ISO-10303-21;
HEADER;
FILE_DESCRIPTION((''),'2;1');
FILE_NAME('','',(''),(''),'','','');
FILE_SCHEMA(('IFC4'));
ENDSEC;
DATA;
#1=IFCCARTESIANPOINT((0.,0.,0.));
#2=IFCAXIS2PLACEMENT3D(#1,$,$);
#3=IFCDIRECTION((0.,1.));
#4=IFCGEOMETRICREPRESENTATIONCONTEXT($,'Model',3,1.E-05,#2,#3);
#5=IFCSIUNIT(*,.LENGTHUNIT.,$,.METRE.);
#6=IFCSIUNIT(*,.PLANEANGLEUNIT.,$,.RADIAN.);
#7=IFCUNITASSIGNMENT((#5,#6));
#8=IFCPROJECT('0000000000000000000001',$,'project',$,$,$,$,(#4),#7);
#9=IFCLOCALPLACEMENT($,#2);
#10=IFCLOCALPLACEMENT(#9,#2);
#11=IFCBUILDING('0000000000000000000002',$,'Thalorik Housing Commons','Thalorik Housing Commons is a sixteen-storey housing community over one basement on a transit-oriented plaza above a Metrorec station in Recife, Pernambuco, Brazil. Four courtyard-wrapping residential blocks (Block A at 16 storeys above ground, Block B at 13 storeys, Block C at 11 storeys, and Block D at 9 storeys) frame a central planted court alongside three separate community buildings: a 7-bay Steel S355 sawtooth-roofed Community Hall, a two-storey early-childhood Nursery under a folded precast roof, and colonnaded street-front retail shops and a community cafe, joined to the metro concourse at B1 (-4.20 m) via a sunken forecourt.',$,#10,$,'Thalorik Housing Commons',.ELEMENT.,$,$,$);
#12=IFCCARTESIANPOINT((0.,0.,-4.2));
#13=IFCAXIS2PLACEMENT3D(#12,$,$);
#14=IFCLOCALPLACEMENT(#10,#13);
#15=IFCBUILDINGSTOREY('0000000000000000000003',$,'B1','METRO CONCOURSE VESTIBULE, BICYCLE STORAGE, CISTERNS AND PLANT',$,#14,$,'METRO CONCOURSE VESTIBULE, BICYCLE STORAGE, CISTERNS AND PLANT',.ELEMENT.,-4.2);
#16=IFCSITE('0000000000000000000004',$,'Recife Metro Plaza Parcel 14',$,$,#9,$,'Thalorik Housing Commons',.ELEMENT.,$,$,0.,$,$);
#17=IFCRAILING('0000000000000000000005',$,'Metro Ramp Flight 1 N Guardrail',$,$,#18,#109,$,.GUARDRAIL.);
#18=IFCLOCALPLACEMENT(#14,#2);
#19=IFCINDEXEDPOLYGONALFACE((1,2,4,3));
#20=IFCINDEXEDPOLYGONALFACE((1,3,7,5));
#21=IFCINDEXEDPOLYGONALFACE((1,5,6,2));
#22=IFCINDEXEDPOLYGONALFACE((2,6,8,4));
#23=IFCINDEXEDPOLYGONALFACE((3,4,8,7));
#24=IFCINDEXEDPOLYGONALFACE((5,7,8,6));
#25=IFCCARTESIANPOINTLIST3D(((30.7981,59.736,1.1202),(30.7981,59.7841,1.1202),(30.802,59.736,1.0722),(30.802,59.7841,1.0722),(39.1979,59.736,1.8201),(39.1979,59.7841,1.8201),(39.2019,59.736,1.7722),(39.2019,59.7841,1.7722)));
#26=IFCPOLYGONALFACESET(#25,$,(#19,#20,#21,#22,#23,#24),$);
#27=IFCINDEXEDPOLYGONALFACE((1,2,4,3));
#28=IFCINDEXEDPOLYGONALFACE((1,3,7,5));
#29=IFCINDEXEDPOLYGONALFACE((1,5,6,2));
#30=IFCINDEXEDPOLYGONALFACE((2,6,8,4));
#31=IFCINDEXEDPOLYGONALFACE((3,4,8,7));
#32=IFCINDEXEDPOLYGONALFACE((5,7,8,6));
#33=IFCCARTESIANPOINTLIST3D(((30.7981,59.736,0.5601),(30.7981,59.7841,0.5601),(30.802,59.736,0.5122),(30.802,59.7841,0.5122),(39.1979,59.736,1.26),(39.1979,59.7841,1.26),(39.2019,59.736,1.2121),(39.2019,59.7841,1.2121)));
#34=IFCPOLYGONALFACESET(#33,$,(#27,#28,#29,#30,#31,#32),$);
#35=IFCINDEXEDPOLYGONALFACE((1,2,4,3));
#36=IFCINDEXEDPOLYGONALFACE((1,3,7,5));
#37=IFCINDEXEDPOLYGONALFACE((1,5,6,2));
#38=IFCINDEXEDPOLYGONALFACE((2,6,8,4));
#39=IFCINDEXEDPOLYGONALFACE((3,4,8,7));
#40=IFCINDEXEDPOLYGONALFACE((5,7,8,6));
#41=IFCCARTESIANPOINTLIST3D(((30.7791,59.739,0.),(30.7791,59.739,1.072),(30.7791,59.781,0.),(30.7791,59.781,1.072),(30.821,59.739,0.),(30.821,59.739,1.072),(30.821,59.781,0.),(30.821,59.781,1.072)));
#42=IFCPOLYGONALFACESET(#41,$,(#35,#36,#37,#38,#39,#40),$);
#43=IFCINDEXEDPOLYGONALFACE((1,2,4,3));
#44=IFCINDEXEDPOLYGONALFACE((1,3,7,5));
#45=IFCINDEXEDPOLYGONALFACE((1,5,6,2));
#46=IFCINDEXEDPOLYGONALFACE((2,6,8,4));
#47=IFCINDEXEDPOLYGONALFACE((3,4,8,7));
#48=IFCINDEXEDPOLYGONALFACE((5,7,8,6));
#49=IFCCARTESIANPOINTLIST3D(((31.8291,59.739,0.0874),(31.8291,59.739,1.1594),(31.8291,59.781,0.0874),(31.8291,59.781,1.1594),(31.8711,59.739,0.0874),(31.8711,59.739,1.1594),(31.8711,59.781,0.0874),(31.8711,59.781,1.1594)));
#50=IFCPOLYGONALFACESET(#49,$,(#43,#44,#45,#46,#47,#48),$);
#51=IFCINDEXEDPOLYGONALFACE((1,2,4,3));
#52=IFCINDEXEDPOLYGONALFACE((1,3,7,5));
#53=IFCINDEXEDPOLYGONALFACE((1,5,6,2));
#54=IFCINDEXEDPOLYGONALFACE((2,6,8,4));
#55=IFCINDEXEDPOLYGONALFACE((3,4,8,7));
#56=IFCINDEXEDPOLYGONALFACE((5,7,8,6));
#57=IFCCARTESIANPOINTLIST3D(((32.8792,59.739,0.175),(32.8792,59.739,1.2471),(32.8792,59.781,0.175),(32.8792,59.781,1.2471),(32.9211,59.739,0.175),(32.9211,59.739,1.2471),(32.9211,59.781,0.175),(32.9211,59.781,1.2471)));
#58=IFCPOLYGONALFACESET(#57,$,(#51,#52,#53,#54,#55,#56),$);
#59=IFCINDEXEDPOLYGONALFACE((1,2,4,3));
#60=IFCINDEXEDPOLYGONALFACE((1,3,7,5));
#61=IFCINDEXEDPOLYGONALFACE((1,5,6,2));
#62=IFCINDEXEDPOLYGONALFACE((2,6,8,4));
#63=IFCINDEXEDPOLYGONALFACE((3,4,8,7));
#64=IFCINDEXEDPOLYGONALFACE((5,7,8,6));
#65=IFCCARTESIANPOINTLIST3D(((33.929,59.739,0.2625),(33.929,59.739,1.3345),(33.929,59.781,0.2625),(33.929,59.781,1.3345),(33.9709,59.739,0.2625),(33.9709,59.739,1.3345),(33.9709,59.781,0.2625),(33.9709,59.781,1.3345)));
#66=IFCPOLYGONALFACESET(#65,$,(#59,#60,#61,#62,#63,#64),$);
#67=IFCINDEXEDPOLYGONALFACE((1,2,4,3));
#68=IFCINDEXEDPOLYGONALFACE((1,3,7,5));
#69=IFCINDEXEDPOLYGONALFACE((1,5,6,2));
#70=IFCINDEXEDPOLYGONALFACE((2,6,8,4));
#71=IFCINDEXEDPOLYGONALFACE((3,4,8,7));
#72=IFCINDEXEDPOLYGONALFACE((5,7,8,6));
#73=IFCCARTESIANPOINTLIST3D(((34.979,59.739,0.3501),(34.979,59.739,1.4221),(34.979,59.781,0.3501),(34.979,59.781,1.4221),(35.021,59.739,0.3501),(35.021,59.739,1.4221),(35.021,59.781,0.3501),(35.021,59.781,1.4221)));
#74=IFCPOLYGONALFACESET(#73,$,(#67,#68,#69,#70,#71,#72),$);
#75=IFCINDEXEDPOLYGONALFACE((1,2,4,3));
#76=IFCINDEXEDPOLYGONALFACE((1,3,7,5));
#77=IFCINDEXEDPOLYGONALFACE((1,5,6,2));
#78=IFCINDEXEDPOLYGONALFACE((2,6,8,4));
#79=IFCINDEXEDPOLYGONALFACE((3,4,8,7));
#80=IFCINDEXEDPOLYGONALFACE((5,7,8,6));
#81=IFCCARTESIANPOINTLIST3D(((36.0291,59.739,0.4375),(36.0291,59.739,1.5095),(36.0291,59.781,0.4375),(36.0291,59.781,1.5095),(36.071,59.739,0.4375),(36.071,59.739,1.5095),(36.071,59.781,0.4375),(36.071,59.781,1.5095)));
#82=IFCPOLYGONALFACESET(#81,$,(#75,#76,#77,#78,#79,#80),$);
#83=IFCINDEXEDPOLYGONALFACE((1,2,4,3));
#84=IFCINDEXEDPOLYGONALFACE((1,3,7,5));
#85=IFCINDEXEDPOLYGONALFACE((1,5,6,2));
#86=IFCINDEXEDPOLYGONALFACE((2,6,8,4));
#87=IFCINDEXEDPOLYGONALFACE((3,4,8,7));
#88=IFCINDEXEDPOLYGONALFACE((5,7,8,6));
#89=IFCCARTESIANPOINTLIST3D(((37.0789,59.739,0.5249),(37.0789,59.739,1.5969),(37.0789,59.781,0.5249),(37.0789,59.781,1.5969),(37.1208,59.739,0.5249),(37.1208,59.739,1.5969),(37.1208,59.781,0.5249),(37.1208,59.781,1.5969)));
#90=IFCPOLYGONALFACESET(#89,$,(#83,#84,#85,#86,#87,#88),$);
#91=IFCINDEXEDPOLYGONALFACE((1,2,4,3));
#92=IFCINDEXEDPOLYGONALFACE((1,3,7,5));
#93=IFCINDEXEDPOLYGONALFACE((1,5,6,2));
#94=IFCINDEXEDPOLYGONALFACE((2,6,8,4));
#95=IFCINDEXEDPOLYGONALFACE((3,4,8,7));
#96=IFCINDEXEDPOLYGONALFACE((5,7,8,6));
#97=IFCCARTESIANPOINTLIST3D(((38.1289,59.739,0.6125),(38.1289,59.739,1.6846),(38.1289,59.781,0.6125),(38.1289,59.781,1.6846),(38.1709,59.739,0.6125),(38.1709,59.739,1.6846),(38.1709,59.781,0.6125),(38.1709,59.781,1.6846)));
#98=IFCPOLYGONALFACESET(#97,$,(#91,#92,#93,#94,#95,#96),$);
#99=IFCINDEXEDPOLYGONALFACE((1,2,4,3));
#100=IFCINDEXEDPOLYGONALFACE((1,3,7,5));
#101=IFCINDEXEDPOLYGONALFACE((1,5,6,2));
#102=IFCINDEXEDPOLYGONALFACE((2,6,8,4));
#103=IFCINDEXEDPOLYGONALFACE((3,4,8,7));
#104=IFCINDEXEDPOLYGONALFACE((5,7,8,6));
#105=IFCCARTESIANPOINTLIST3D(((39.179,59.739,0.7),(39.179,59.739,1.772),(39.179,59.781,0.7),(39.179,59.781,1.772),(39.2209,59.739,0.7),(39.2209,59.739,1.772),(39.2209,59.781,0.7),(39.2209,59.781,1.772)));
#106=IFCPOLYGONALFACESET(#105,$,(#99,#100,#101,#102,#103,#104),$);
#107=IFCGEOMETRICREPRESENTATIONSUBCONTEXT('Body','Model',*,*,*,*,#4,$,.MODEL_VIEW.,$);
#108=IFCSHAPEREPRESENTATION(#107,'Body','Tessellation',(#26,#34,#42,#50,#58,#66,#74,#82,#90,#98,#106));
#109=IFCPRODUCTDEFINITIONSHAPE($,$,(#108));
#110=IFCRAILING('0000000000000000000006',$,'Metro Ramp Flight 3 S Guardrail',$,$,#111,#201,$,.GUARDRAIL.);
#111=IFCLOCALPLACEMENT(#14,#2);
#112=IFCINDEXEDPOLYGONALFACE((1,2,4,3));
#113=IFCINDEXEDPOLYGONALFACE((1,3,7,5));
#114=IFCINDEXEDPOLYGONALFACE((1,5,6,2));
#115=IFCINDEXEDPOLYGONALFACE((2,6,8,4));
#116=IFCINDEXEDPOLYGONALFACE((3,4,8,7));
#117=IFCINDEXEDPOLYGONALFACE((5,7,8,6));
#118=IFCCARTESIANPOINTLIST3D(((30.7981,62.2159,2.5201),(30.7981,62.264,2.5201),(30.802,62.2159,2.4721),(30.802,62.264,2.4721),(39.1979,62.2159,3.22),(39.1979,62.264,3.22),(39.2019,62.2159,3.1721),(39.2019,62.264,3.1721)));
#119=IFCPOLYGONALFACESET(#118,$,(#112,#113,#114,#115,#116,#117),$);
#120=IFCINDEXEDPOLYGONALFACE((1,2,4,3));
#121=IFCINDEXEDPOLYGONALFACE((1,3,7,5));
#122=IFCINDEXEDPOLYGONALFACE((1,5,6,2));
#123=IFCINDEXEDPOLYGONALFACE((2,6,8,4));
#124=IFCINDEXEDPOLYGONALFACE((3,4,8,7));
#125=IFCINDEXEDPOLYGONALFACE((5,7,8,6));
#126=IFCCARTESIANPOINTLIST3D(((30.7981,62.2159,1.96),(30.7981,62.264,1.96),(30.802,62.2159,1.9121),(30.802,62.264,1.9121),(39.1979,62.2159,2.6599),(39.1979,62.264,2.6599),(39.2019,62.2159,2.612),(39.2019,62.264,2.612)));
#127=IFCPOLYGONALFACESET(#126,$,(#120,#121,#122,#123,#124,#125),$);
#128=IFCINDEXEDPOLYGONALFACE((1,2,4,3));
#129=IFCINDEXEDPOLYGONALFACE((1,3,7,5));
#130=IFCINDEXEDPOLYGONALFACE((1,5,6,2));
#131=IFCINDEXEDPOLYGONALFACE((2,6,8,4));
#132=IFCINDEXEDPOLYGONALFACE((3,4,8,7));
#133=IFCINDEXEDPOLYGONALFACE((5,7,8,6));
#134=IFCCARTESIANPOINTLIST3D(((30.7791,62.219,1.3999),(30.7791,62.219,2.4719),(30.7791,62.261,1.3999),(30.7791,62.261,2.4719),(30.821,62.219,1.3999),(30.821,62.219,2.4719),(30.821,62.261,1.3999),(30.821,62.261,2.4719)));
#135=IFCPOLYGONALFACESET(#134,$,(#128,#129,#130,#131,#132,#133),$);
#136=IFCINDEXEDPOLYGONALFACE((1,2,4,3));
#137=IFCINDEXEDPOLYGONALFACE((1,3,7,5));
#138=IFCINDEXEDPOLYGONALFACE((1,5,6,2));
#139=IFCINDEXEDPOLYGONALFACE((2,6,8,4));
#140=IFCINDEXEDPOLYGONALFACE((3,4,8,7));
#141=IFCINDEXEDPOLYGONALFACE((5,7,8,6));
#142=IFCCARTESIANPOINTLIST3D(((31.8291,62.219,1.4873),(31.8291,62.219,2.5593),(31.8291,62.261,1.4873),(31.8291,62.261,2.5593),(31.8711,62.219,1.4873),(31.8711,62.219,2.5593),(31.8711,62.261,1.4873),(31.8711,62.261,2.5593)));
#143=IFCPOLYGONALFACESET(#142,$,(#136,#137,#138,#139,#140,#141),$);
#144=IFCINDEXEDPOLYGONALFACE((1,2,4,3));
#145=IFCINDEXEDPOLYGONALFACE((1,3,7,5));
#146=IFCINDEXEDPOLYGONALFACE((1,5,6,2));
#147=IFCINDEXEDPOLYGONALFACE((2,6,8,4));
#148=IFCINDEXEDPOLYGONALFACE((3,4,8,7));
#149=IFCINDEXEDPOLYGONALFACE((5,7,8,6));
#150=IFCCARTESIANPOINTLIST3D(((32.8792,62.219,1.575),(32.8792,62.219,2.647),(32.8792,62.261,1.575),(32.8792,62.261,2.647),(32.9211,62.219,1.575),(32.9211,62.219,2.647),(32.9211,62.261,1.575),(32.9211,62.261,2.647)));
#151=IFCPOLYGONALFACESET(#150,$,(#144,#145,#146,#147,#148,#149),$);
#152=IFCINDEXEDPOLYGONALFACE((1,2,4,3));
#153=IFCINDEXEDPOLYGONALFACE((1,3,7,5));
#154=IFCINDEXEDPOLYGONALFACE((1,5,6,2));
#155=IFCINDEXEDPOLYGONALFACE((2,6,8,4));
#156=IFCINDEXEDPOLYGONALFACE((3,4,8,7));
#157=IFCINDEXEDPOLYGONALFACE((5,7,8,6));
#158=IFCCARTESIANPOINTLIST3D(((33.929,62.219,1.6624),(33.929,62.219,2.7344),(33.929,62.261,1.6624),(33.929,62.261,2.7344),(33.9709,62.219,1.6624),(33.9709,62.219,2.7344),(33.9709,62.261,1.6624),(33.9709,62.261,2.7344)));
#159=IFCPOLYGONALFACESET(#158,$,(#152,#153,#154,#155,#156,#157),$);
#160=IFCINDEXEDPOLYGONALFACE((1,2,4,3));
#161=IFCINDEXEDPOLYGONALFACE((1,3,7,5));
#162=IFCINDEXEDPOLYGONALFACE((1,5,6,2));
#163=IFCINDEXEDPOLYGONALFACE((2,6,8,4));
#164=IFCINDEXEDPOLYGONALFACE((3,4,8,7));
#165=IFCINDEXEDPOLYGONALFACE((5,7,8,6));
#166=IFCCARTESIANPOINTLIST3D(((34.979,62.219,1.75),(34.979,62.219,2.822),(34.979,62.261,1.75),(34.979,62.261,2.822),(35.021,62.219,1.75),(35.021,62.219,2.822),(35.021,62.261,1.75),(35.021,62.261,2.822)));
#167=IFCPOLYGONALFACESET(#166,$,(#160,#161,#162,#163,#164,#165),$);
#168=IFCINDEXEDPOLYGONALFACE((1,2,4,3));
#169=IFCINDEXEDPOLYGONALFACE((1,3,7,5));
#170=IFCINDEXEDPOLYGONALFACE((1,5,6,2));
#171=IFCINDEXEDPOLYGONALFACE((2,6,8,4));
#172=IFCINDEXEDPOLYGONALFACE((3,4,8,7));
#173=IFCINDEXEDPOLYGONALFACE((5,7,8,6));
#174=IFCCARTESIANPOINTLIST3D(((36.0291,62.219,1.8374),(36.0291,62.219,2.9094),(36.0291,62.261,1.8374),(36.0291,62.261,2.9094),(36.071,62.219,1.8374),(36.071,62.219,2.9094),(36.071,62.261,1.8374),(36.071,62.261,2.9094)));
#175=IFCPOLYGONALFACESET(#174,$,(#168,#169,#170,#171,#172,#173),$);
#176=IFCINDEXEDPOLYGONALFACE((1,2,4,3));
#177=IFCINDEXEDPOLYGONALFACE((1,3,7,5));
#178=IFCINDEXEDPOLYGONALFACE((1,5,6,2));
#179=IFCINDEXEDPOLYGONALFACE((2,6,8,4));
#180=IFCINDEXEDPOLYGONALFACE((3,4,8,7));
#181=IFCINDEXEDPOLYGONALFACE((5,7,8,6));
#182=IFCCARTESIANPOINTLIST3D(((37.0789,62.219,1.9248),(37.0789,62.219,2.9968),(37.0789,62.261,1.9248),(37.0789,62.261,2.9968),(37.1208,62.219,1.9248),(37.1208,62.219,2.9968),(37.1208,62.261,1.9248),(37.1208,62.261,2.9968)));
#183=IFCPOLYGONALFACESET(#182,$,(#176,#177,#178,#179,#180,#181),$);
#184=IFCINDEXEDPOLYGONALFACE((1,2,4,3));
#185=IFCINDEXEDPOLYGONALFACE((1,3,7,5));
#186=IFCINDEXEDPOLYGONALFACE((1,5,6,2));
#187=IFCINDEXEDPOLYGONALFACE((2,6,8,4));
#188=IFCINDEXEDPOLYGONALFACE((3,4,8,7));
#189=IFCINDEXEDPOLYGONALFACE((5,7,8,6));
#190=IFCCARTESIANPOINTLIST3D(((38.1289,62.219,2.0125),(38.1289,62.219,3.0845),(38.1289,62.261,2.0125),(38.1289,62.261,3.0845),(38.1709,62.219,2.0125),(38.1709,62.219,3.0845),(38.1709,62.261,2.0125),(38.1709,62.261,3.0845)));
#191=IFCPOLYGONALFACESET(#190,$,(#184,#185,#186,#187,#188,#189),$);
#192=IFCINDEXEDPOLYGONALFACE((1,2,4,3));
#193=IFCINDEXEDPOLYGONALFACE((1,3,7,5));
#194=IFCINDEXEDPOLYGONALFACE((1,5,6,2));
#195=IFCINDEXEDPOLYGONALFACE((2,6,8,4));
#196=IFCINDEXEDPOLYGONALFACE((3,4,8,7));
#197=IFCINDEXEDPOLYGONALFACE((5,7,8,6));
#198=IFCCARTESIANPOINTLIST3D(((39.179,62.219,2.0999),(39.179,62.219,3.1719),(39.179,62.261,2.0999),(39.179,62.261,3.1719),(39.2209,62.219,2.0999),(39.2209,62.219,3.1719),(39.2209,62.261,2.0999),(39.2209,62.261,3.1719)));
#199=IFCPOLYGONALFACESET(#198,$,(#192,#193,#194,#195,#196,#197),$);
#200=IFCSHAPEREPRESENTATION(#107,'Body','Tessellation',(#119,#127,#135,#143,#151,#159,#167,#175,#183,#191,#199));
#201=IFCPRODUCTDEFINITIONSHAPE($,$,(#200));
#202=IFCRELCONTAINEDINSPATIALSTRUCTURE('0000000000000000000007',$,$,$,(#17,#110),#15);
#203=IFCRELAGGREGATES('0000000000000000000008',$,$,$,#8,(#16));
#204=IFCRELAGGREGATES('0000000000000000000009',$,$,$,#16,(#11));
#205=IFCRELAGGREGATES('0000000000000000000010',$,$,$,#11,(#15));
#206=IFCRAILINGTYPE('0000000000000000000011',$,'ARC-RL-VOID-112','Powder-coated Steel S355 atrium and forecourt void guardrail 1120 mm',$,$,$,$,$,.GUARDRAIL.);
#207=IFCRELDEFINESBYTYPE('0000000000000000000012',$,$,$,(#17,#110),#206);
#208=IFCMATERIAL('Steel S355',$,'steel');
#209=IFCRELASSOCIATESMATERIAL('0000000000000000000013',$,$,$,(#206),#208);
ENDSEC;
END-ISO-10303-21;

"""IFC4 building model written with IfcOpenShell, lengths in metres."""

from ifc_helpers import new_model, si_unit, direction, frame, origin, origin_2d, place, context, subcontext, project, spatial, rectangle, extrude, material, type_object, element, save


model = new_model("IFC4")

# Units and contexts
model_context = context("Model", 3, precision=1e-05, world=origin(), true_north=direction((0.0, 1.0)))
body_context = subcontext(model_context, "Body", "Model", "MODEL_VIEW")
ifc_project = project(units=[si_unit("LENGTHUNIT", "METRE"), si_unit("PLANEANGLEUNIT", "RADIAN")], contexts=[model_context])

# Site, building, storey
site_placement = place(None, origin())
site = spatial("IfcSite", under=ifc_project, at=site_placement, Name="Recife Metro Plaza Parcel 14", LongName="Thalorik Housing Commons", CompositionType="ELEMENT", RefElevation=0.0)
building_placement = place(site_placement, origin())
building = spatial("IfcBuilding", under=site, at=building_placement, Name="Thalorik Housing Commons", Description="Thalorik Housing Commons is a sixteen-storey housing community over one basement on a transit-oriented plaza above a Metrorec station in Recife, Pernambuco, Brazil. Four courtyard-wrapping residential blocks (Block A at 16 storeys above ground, Block B at 13 storeys, Block C at 11 storeys, and Block D at 9 storeys) frame a central planted court alongside three separate community buildings: a 7-bay Steel S355 sawtooth-roofed Community Hall, a two-storey early-childhood Nursery under a folded precast roof, and colonnaded street-front retail shops and a community cafe, joined to the metro concourse at B1 (-4.20 m) via a sunken forecourt.", LongName="Thalorik Housing Commons", CompositionType="ELEMENT")
storey_placement = place(building_placement, frame((0.0, 0.0, -4.2)))
storey = spatial("IfcBuildingStorey", under=building, at=storey_placement, Name="B1", Description="METRO CONCOURSE VESTIBULE, BICYCLE STORAGE, CISTERNS AND PLANT", LongName="METRO CONCOURSE VESTIBULE, BICYCLE STORAGE, CISTERNS AND PLANT", CompositionType="ELEMENT", Elevation=-4.2)

# Shared definitions
ifc_material_1 = material(Name="Steel S355", Category="steel")

# Railings
railing_type_1 = type_object("IfcRailingType", Name="ARC-RL-VOID-112", Description="Powder-coated Steel S355 atrium and forecourt void guardrail 1120 mm", PredefinedType="GUARDRAIL", material=ifc_material_1)
railing_1_placement = place(storey_placement, frame((30.8, 59.76, 0.0)))
element("IfcRailing", 1, at=railing_1_placement, inside=storey, type_object=railing_type_1, Name="Metro Ramp Flight 1 N Guardrail", PredefinedType="GUARDRAIL", context=body_context, shape_type="SweptSolid", body=[
    extrude(rectangle(XDim=0.0481, YDim=0.0481, at=origin_2d()), frame((0.0, 0.0, 1.0962), z_axis=(0.996546, 0.0, 0.083041), x_axis=(0.0, 1.0, 0.0)), (0.0, 0.0, 1.0), 8.429),
    extrude(rectangle(XDim=0.0481, YDim=0.0481, at=origin_2d()), frame((0.0, 0.0, 0.5361), z_axis=(0.996546, 0.0, 0.083041), x_axis=(0.0, 1.0, 0.0)), (0.0, 0.0, 1.0), 8.429),
    extrude(rectangle(XDim=0.042, YDim=0.042, at=origin_2d()), origin(), (0.0, 0.0, 1.0), 1.072),
    extrude(rectangle(XDim=0.042, YDim=0.042, at=origin_2d()), frame((1.05, 0.0, 0.0874)), (0.0, 0.0, 1.0), 1.072),
    extrude(rectangle(XDim=0.042, YDim=0.042, at=origin_2d()), frame((2.1001, 0.0, 0.175)), (0.0, 0.0, 1.0), 1.072),
    extrude(rectangle(XDim=0.042, YDim=0.042, at=origin_2d()), frame((3.1499, 0.0, 0.2625)), (0.0, 0.0, 1.0), 1.072),
    extrude(rectangle(XDim=0.042, YDim=0.042, at=origin_2d()), frame((4.2, 0.0, 0.3501)), (0.0, 0.0, 1.0), 1.072),
    extrude(rectangle(XDim=0.042, YDim=0.042, at=origin_2d()), frame((5.25, 0.0, 0.4375)), (0.0, 0.0, 1.0), 1.072),
    extrude(rectangle(XDim=0.042, YDim=0.042, at=origin_2d()), frame((6.2998, 0.0, 0.5249)), (0.0, 0.0, 1.0), 1.072),
    extrude(rectangle(XDim=0.042, YDim=0.042, at=origin_2d()), frame((7.3499, 0.0, 0.6125)), (0.0, 0.0, 1.0), 1.072),
    extrude(rectangle(XDim=0.042, YDim=0.042, at=origin_2d()), frame((8.3999, 0.0, 0.7)), (0.0, 0.0, 1.0), 1.072),
])
railing_2_placement = place(storey_placement, frame((30.8, 62.24, 1.3999)))
element("IfcRailing", 2, at=railing_2_placement, inside=storey, type_object=railing_type_1, Name="Metro Ramp Flight 3 S Guardrail", PredefinedType="GUARDRAIL", context=body_context, shape_type="SweptSolid", body=[
    extrude(rectangle(XDim=0.0481, YDim=0.0481, at=origin_2d()), frame((0.0, 0.0, 1.0962), z_axis=(0.996546, 0.0, 0.083041), x_axis=(0.0, 1.0, 0.0)), (0.0, 0.0, 1.0), 8.429),
    extrude(rectangle(XDim=0.0481, YDim=0.0481, at=origin_2d()), frame((0.0, 0.0, 0.5361), z_axis=(0.996546, 0.0, 0.083041), x_axis=(0.0, 1.0, 0.0)), (0.0, 0.0, 1.0), 8.429),
    extrude(rectangle(XDim=0.042, YDim=0.042, at=origin_2d()), origin(), (0.0, 0.0, 1.0), 1.072),
    extrude(rectangle(XDim=0.042, YDim=0.042, at=origin_2d()), frame((1.05, 0.0, 0.0874)), (0.0, 0.0, 1.0), 1.072),
    extrude(rectangle(XDim=0.042, YDim=0.042, at=origin_2d()), frame((2.1001, 0.0, 0.175)), (0.0, 0.0, 1.0), 1.072),
    extrude(rectangle(XDim=0.042, YDim=0.042, at=origin_2d()), frame((3.1499, 0.0, 0.2625)), (0.0, 0.0, 1.0), 1.072),
    extrude(rectangle(XDim=0.042, YDim=0.042, at=origin_2d()), frame((4.2, 0.0, 0.3501)), (0.0, 0.0, 1.0), 1.072),
    extrude(rectangle(XDim=0.042, YDim=0.042, at=origin_2d()), frame((5.25, 0.0, 0.4375)), (0.0, 0.0, 1.0), 1.072),
    extrude(rectangle(XDim=0.042, YDim=0.042, at=origin_2d()), frame((6.2998, 0.0, 0.5249)), (0.0, 0.0, 1.0), 1.072),
    extrude(rectangle(XDim=0.042, YDim=0.042, at=origin_2d()), frame((7.3499, 0.0, 0.6125)), (0.0, 0.0, 1.0), 1.072),
    extrude(rectangle(XDim=0.042, YDim=0.042, at=origin_2d()), frame((8.3999, 0.0, 0.7)), (0.0, 0.0, 1.0), 1.072),
])

save(model, "model.ifc")
